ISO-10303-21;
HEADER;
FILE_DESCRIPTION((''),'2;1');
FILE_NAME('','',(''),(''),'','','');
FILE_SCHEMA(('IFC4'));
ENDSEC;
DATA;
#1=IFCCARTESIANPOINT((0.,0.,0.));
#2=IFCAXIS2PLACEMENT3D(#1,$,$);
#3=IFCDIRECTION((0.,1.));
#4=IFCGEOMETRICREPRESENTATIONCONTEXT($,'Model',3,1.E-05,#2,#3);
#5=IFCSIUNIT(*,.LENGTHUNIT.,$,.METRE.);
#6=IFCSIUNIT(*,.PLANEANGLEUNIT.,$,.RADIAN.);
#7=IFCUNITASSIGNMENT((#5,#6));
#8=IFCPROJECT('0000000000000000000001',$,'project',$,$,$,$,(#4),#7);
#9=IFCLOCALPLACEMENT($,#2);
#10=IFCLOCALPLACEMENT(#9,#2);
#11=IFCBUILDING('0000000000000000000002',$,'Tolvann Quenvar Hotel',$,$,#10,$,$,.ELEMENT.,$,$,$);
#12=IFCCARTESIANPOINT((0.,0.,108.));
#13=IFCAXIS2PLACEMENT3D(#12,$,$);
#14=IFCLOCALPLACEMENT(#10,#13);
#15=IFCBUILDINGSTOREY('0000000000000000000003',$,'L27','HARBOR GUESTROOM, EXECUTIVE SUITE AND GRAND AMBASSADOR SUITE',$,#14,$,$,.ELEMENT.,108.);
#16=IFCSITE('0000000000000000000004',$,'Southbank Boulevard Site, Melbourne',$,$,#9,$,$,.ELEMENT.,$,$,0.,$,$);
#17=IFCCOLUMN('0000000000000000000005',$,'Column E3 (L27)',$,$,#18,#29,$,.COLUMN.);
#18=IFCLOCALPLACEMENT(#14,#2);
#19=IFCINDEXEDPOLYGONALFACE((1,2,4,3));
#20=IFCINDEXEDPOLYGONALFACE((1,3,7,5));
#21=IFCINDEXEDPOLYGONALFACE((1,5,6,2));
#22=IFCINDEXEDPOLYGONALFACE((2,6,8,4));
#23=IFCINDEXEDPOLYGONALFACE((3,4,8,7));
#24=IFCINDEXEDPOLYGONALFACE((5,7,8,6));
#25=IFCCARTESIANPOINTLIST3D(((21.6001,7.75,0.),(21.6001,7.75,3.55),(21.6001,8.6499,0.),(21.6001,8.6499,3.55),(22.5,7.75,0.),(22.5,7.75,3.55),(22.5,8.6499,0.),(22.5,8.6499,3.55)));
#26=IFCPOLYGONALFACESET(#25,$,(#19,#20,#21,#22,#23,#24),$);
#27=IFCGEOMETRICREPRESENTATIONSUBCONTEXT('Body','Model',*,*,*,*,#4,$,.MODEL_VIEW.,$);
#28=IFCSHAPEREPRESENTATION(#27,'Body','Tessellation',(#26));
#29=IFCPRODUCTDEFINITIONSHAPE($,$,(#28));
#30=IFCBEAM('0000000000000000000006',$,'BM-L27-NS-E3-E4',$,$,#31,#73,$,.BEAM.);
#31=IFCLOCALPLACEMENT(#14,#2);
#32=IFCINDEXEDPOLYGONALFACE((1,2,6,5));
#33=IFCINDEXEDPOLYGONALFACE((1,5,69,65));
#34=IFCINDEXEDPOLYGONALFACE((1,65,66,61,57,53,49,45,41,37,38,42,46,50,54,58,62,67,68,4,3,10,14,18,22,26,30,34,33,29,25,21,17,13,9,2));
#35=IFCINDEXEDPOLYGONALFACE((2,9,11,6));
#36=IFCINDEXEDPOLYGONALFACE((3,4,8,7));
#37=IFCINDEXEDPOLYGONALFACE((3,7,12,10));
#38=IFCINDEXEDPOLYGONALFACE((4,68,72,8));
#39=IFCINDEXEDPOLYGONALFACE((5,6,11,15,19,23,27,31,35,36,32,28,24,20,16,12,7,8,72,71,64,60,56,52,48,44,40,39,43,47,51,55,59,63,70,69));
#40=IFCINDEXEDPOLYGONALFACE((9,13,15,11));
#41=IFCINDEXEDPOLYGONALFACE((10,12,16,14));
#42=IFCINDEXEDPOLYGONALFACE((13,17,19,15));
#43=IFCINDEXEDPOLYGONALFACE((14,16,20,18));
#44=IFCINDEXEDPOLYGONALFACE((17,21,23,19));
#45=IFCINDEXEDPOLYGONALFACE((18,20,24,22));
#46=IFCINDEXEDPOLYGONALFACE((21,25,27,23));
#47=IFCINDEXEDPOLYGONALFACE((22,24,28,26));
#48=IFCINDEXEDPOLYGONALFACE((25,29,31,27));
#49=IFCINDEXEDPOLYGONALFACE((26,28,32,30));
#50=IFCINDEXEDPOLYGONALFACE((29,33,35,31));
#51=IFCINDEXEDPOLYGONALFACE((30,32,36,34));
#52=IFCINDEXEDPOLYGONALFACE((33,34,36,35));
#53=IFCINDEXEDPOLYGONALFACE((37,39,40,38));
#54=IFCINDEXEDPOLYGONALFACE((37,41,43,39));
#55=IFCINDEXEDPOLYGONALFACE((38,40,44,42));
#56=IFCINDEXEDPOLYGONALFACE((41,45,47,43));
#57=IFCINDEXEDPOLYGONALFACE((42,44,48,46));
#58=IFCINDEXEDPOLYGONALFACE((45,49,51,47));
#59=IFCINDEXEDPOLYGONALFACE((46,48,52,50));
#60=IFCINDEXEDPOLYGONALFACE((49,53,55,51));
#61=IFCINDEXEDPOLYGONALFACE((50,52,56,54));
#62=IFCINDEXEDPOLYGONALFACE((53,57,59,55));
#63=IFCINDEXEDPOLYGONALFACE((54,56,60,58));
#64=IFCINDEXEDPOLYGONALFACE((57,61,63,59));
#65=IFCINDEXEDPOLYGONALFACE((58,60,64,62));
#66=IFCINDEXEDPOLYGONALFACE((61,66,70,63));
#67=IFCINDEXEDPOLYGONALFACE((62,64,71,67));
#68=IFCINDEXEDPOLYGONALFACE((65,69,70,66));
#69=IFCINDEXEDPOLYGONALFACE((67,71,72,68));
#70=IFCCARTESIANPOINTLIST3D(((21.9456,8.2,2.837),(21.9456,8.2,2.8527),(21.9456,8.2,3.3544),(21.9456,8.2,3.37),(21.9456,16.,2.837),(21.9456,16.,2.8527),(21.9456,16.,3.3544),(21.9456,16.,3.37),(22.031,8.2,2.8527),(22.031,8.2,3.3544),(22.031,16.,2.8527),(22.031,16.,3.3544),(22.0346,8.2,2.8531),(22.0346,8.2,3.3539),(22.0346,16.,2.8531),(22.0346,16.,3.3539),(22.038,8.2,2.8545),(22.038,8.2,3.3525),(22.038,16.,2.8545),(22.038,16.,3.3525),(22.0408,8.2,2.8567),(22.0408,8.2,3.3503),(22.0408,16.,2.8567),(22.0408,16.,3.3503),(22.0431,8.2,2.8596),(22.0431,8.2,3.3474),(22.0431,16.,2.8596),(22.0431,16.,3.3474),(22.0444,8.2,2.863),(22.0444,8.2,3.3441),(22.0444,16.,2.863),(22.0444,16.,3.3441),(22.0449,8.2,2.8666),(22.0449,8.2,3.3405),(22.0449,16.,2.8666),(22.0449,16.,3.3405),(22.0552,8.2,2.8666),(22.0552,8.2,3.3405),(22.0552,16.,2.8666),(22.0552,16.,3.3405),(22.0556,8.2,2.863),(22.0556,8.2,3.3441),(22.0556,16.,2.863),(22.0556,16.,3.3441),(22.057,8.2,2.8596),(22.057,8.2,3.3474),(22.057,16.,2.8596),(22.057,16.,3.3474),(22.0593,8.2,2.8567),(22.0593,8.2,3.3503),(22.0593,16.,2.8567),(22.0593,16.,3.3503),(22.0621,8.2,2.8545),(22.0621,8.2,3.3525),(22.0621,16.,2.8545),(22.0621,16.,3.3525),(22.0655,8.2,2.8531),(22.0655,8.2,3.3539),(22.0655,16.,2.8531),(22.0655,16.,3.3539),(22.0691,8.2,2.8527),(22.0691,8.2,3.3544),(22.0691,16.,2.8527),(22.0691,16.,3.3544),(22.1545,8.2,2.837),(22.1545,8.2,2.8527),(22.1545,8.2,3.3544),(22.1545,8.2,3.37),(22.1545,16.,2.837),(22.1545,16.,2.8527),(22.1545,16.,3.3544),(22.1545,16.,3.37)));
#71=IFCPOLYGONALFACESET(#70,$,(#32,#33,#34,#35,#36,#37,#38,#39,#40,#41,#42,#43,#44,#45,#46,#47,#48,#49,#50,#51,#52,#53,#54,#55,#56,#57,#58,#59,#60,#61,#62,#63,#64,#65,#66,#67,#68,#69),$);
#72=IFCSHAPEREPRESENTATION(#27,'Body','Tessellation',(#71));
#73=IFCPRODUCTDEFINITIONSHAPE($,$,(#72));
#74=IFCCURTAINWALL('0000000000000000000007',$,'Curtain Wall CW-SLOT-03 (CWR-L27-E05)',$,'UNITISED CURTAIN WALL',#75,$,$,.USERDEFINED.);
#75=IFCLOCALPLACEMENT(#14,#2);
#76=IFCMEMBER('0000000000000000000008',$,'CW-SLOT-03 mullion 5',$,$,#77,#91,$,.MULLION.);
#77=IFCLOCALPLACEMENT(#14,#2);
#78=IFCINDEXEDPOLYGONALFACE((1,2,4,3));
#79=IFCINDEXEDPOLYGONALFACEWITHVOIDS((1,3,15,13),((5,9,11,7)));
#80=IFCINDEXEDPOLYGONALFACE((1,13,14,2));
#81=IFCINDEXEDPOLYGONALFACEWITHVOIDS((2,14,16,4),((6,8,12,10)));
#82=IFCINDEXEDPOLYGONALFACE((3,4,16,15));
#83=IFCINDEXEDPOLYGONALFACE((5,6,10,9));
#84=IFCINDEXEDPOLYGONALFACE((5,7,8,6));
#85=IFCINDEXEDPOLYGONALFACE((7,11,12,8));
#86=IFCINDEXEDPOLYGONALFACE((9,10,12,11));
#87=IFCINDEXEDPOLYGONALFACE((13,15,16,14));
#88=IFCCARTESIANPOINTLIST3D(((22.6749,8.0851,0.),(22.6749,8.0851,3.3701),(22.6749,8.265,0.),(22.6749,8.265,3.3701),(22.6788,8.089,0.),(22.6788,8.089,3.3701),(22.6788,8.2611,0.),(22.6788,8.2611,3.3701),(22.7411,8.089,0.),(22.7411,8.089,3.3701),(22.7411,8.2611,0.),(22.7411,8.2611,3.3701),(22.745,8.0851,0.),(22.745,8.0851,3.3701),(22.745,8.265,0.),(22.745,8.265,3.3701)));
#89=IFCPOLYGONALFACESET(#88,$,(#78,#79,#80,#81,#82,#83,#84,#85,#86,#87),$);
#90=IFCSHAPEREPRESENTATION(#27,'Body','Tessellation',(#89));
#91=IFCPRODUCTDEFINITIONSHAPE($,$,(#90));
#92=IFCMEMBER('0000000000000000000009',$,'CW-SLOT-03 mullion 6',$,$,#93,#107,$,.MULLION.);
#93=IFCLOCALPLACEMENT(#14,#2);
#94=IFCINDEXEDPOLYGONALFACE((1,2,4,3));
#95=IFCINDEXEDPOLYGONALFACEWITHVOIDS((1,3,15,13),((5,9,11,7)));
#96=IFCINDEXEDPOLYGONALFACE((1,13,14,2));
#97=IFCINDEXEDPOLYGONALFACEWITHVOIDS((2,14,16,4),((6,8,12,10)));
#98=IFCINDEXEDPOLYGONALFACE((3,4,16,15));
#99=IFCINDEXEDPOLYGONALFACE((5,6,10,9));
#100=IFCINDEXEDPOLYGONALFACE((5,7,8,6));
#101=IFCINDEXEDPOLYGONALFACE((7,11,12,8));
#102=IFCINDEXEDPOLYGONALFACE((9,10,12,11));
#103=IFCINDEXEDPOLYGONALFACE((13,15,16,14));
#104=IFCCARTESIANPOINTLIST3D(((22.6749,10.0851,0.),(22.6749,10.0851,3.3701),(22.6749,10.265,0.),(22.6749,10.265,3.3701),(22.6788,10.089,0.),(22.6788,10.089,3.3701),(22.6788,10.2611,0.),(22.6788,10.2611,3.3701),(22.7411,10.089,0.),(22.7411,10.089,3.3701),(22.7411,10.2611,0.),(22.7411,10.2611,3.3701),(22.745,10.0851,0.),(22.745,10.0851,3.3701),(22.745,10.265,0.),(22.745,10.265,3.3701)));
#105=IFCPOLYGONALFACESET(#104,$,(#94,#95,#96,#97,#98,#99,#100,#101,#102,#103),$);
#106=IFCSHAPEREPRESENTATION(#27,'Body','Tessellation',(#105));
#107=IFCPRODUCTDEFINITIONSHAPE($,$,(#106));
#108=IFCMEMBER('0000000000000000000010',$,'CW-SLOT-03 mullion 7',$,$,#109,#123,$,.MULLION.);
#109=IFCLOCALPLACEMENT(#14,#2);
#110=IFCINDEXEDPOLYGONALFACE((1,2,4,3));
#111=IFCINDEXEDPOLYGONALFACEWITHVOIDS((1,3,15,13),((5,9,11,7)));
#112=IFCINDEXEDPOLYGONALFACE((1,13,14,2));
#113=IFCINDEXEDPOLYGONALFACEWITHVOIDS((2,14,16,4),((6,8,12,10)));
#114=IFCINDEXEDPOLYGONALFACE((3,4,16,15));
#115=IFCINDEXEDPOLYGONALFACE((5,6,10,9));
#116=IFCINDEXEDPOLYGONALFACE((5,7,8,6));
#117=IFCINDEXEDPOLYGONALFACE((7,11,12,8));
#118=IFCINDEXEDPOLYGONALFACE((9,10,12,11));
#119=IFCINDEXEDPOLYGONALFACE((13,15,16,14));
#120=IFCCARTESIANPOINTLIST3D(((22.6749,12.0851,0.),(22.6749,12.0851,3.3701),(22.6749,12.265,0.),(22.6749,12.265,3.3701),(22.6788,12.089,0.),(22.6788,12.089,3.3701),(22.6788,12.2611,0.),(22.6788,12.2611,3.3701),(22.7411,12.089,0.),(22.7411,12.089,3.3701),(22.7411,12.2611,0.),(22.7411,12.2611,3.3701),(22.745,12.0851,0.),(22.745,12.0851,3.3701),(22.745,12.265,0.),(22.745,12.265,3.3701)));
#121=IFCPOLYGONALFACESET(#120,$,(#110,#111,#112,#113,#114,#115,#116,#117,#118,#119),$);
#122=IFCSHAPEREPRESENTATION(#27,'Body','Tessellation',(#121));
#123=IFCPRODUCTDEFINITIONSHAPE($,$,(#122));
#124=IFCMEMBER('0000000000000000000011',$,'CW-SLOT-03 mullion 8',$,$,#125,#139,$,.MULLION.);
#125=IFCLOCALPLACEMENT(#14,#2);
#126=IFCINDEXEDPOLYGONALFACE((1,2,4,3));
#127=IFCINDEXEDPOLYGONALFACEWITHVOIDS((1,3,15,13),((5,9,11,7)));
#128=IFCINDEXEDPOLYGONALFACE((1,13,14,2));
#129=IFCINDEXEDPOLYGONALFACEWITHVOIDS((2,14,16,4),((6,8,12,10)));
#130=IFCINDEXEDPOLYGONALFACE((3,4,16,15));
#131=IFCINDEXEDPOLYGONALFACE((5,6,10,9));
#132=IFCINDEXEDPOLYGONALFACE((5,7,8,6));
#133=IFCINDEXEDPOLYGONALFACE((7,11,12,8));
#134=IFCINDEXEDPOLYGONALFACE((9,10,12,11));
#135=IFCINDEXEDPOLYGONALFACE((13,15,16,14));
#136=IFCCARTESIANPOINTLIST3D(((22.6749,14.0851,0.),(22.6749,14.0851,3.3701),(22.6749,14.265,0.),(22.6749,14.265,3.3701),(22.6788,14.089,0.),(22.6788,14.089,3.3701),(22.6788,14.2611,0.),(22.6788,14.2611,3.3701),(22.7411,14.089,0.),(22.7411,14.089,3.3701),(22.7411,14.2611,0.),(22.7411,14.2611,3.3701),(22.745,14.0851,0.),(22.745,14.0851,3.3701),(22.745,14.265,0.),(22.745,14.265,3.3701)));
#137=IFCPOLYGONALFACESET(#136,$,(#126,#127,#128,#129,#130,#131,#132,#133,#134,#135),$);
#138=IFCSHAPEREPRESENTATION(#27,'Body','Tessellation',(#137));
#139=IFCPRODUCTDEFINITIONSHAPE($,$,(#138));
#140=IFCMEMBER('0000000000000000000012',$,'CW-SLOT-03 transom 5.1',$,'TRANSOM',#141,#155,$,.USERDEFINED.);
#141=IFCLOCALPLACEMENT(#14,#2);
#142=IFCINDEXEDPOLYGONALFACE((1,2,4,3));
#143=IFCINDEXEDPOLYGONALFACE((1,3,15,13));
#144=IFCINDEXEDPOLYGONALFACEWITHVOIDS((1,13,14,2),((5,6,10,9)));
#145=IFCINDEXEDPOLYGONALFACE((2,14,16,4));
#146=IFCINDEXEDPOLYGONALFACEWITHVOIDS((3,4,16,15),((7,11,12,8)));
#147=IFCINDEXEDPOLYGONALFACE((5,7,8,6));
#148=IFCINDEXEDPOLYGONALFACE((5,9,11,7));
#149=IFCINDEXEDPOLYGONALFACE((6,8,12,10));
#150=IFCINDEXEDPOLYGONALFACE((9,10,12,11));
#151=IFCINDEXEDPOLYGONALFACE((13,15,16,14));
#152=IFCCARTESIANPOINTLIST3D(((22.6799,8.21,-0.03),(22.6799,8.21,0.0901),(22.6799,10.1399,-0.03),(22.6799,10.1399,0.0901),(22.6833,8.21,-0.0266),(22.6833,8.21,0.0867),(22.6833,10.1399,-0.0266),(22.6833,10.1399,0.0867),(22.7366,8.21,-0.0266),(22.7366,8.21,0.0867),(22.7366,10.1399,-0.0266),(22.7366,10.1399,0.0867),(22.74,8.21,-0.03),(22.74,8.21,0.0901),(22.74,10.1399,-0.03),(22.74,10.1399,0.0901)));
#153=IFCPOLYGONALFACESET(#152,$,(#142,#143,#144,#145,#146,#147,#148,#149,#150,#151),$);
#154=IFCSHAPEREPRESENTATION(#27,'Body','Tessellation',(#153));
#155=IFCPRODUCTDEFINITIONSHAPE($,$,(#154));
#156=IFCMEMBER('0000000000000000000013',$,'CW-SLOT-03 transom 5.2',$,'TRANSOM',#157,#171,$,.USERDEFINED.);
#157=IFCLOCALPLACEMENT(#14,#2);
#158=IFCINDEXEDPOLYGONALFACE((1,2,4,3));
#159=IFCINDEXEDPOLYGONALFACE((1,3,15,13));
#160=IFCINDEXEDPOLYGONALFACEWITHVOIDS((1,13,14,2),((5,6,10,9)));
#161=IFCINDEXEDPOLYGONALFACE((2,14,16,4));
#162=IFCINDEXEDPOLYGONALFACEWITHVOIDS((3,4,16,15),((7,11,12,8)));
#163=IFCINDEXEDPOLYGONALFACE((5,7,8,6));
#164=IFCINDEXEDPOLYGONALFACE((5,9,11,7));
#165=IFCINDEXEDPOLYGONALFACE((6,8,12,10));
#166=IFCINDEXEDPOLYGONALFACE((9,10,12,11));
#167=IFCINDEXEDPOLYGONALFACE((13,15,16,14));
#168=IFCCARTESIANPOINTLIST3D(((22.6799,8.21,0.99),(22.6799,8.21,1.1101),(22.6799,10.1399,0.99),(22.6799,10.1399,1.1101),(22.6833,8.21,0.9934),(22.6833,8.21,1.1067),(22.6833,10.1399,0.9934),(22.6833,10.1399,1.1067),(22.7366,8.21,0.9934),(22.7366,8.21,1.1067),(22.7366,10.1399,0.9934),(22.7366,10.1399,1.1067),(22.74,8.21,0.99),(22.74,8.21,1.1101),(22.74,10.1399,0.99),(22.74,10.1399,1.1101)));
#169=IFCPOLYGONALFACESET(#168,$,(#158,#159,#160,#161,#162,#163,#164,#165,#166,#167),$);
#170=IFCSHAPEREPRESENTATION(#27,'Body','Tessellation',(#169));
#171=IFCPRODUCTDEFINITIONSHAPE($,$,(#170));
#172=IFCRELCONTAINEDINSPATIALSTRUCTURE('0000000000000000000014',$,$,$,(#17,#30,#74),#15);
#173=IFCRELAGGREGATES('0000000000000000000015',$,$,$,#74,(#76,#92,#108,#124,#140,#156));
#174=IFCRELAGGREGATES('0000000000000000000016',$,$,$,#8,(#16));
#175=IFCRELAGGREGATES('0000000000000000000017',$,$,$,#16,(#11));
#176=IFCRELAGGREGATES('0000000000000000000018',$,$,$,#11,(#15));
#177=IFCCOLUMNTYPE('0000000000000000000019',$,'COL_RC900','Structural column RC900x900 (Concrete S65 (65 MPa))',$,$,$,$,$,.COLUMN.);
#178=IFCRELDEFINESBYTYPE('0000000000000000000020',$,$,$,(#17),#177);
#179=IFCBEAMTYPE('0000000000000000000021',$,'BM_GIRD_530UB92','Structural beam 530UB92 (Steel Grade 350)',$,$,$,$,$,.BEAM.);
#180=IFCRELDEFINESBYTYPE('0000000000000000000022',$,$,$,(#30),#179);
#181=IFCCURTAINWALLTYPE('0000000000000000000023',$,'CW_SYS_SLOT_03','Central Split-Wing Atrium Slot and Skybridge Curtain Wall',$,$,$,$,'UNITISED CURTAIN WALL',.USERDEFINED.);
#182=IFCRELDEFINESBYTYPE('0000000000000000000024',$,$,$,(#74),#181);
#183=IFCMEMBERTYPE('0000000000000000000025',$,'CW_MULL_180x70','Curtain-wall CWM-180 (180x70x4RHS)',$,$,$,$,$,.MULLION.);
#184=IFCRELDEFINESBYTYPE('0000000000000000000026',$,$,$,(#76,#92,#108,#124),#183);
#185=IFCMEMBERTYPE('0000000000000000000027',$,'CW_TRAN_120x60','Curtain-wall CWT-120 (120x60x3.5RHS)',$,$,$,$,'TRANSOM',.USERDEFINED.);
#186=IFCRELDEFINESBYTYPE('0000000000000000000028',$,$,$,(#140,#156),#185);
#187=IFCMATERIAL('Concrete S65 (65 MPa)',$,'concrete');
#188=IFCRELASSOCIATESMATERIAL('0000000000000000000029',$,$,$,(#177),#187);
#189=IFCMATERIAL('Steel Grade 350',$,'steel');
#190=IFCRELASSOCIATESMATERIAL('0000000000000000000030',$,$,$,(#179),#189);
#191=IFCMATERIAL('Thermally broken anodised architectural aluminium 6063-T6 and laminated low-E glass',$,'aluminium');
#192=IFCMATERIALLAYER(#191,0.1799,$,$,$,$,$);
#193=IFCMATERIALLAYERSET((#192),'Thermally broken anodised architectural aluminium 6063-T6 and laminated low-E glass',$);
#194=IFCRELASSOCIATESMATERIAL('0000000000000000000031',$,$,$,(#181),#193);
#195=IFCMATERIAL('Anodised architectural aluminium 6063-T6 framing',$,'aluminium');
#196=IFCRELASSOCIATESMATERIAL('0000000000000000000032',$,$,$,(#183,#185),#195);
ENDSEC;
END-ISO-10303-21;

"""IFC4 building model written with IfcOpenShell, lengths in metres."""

from ifc_helpers import new_model, si_unit, direction, frame, origin, origin_2d, place, context, subcontext, project, spatial, rectangle, hollow_rectangle, i_section, extrude, source, transform, mapped, material, layer, layer_set, material_profile, profile_set, type_object, type_shapes, element, aggregate, save


model = new_model("IFC4")

# Units and contexts
model_context = context("Model", 3, precision=1e-05, world=origin(), true_north=direction((0.0, 1.0)))
body_context = subcontext(model_context, "Body", "Model", "MODEL_VIEW")
ifc_project = project(units=[si_unit("LENGTHUNIT", "METRE"), si_unit("PLANEANGLEUNIT", "RADIAN")], contexts=[model_context])

# Site, building, storey
site_placement = place(None, origin())
site = spatial("IfcSite", under=ifc_project, at=site_placement, Name="Southbank Boulevard Site, Melbourne", CompositionType="ELEMENT", RefElevation=0.0)
building_placement = place(site_placement, origin())
building = spatial("IfcBuilding", under=site, at=building_placement, Name="Tolvann Quenvar Hotel", CompositionType="ELEMENT")
storey_placement = place(building_placement, frame((0.0, 0.0, 108.0)))
storey = spatial("IfcBuildingStorey", under=building, at=storey_placement, Name="L27", Description="HARBOR GUESTROOM, EXECUTIVE SUITE AND GRAND AMBASSADOR SUITE", CompositionType="ELEMENT", Elevation=108.0)

# Column
ifc_material_1 = material(Name="Concrete S65 (65 MPa)", Category="concrete")
ifc_material_profile_1 = material_profile(ifc_material_1, rectangle(XDim=0.8999, YDim=0.8999, at=origin_2d()), Name="RC900x900")
ifc_profile_set_1 = profile_set([ifc_material_profile_1], Name="Concrete S65 (65 MPa)")
column_type = type_object("IfcColumnType", Name="COL_RC900", Description="Structural column RC900x900 (Concrete S65 (65 MPa))", PredefinedType="COLUMN", material=ifc_profile_set_1)
shared_shape_1 = source(origin(), body_context, "Body", "SweptSolid", [
    extrude(rectangle(XDim=0.8999, YDim=0.8999, at=origin_2d()), origin(), (0.0, 0.0, 1.0), 3.55),
])
type_shapes(column_type, [shared_shape_1])
column_placement = place(storey_placement, frame((22.05, 8.2, 0.0), z_axis=(0.0, 0.0, 1.0), x_axis=(1.0, 0.0, 0.0)))
element("IfcColumn", 1, at=column_placement, inside=storey, type_object=column_type, Name="Column E3 (L27)", PredefinedType="COLUMN", context=body_context, shape_type="MappedRepresentation", body=[
    mapped(shared_shape_1, transform((0.0, 0.0, 0.0), x_axis=(1.0, 0.0, 0.0), y_axis=(0.0, 1.0, 0.0), z_axis=(0.0, 0.0, 1.0), scale=1.0)),
])

# Beam
ifc_material_2 = material(Name="Steel Grade 350", Category="steel")
ifc_material_profile_2 = material_profile(ifc_material_2, i_section(OverallWidth=0.209, OverallDepth=0.533, WebThickness=0.0103, FlangeThickness=0.0156, FilletRadius=0.0139, at=origin_2d()), Name="530UB92")
ifc_profile_set_2 = profile_set([ifc_material_profile_2], Name="Steel Grade 350")
beam_type = type_object("IfcBeamType", Name="BM_GIRD_530UB92", Description="Structural beam 530UB92 (Steel Grade 350)", PredefinedType="BEAM", material=ifc_profile_set_2)
shared_shape_2 = source(origin(), body_context, "Body", "SweptSolid", [
    extrude(i_section(OverallWidth=0.209, OverallDepth=0.533, WebThickness=0.0103, FlangeThickness=0.0156, FilletRadius=0.0139, at=origin_2d()), origin(), (0.0, 0.0, 1.0), 7.8),
])
type_shapes(beam_type, [shared_shape_2])
beam_placement = place(storey_placement, frame((22.05, 8.2, 3.1035), z_axis=(0.0, 1.0, 0.0), x_axis=(-1.0, 0.0, 0.0)))
element("IfcBeam", 2, at=beam_placement, inside=storey, type_object=beam_type, Name="BM-L27-NS-E3-E4", PredefinedType="BEAM", context=body_context, shape_type="MappedRepresentation", body=[
    mapped(shared_shape_2, transform((0.0, 0.0, 0.0), x_axis=(1.0, 0.0, 0.0), y_axis=(0.0, 1.0, 0.0), z_axis=(0.0, 0.0, 1.0), scale=1.0)),
])

# Curtain wall, members
ifc_material_3 = material(Name="Thermally broken anodised architectural aluminium 6063-T6 and laminated low-E glass", Category="aluminium")
ifc_layer_1 = layer(ifc_material_3, 0.1799)
ifc_layer_set_1 = layer_set([ifc_layer_1], Name="Thermally broken anodised architectural aluminium 6063-T6 and laminated low-E glass")
curtain_wall_type = type_object("IfcCurtainWallType", Name="CW_SYS_SLOT_03", Description="Central Split-Wing Atrium Slot and Skybridge Curtain Wall", ElementType="UNITISED CURTAIN WALL", PredefinedType="USERDEFINED", material=ifc_layer_set_1)
curtain_wall_placement = place(storey_placement, origin())
curtain_wall = element("IfcCurtainWall", 3, at=curtain_wall_placement, inside=storey, type_object=curtain_wall_type, Name="Curtain Wall CW-SLOT-03 (CWR-L27-E05)", ObjectType="UNITISED CURTAIN WALL", PredefinedType="USERDEFINED")
ifc_material_4 = material(Name="Anodised architectural aluminium 6063-T6 framing", Category="aluminium")
ifc_material_profile_3 = material_profile(ifc_material_4, hollow_rectangle(XDim=0.0701, YDim=0.1799, WallThickness=0.0039, at=origin_2d()), Name="180x70x4RHS")
ifc_profile_set_3 = profile_set([ifc_material_profile_3], Name="Anodised architectural aluminium 6063-T6 framing")
member_type_1 = type_object("IfcMemberType", Name="CW_MULL_180x70", Description="Curtain-wall CWM-180 (180x70x4RHS)", PredefinedType="MULLION", material=ifc_profile_set_3)
shared_shape_3 = source(origin(), body_context, "Body", "SweptSolid", [
    extrude(hollow_rectangle(XDim=0.0701, YDim=0.1799, WallThickness=0.0039, at=origin_2d()), origin(), (0.0, 0.0, 1.0), 3.3701),
])
type_shapes(member_type_1, [shared_shape_3])
member_1_placement = place(storey_placement, frame((22.71, 8.175, 0.0), z_axis=(0.0, 0.0, 1.0), x_axis=(-1.0, 0.0, 0.0)))
member_1 = element("IfcMember", 4, at=member_1_placement, type_object=member_type_1, Name="CW-SLOT-03 mullion 5", PredefinedType="MULLION", context=body_context, shape_type="MappedRepresentation", body=[
    mapped(shared_shape_3, transform((0.0, 0.0, 0.0), x_axis=(1.0, 0.0, 0.0), y_axis=(0.0, 1.0, 0.0), z_axis=(0.0, 0.0, 1.0), scale=1.0)),
])
member_2_placement = place(storey_placement, frame((22.71, 10.175, 0.0), z_axis=(0.0, 0.0, 1.0), x_axis=(-1.0, 0.0, 0.0)))
member_2 = element("IfcMember", 5, at=member_2_placement, type_object=member_type_1, Name="CW-SLOT-03 mullion 6", PredefinedType="MULLION", context=body_context, shape_type="MappedRepresentation", body=[
    mapped(shared_shape_3, transform((0.0, 0.0, 0.0), x_axis=(1.0, 0.0, 0.0), y_axis=(0.0, 1.0, 0.0), z_axis=(0.0, 0.0, 1.0), scale=1.0)),
])
member_3_placement = place(storey_placement, frame((22.71, 12.175, 0.0), z_axis=(0.0, 0.0, 1.0), x_axis=(-1.0, 0.0, 0.0)))
member_3 = element("IfcMember", 6, at=member_3_placement, type_object=member_type_1, Name="CW-SLOT-03 mullion 7", PredefinedType="MULLION", context=body_context, shape_type="MappedRepresentation", body=[
    mapped(shared_shape_3, transform((0.0, 0.0, 0.0), x_axis=(1.0, 0.0, 0.0), y_axis=(0.0, 1.0, 0.0), z_axis=(0.0, 0.0, 1.0), scale=1.0)),
])
member_4_placement = place(storey_placement, frame((22.71, 14.175, 0.0), z_axis=(0.0, 0.0, 1.0), x_axis=(-1.0, 0.0, 0.0)))
member_4 = element("IfcMember", 7, at=member_4_placement, type_object=member_type_1, Name="CW-SLOT-03 mullion 8", PredefinedType="MULLION", context=body_context, shape_type="MappedRepresentation", body=[
    mapped(shared_shape_3, transform((0.0, 0.0, 0.0), x_axis=(1.0, 0.0, 0.0), y_axis=(0.0, 1.0, 0.0), z_axis=(0.0, 0.0, 1.0), scale=1.0)),
])
ifc_material_profile_4 = material_profile(ifc_material_4, hollow_rectangle(XDim=0.0601, YDim=0.1201, WallThickness=0.0034, at=origin_2d()), Name="120x60x3.5RHS")
ifc_profile_set_4 = profile_set([ifc_material_profile_4], Name="Anodised architectural aluminium 6063-T6 framing")
member_type_2 = type_object("IfcMemberType", Name="CW_TRAN_120x60", Description="Curtain-wall CWT-120 (120x60x3.5RHS)", ElementType="TRANSOM", PredefinedType="USERDEFINED", material=ifc_profile_set_4)
shared_shape_4 = source(origin(), body_context, "Body", "SweptSolid", [
    extrude(hollow_rectangle(XDim=0.0601, YDim=0.1201, WallThickness=0.0034, at=origin_2d()), origin(), (0.0, 0.0, 1.0), 1.9299),
])
member_5_placement = place(storey_placement, frame((22.71, 8.21, 0.03), z_axis=(0.0, 1.0, 0.0), x_axis=(-1.0, 0.0, 0.0)))
member_5 = element("IfcMember", 8, at=member_5_placement, type_object=member_type_2, Name="CW-SLOT-03 transom 5.1", ObjectType="TRANSOM", PredefinedType="USERDEFINED", context=body_context, shape_type="MappedRepresentation", body=[
    mapped(shared_shape_4, transform((0.0, 0.0, 0.0), x_axis=(1.0, 0.0, 0.0), y_axis=(0.0, 1.0, 0.0), z_axis=(0.0, 0.0, 1.0), scale=1.0)),
])
member_6_placement = place(storey_placement, frame((22.71, 8.21, 1.05), z_axis=(0.0, 1.0, 0.0), x_axis=(-1.0, 0.0, 0.0)))
member_6 = element("IfcMember", 9, at=member_6_placement, type_object=member_type_2, Name="CW-SLOT-03 transom 5.2", ObjectType="TRANSOM", PredefinedType="USERDEFINED", context=body_context, shape_type="MappedRepresentation", body=[
    mapped(shared_shape_4, transform((0.0, 0.0, 0.0), x_axis=(1.0, 0.0, 0.0), y_axis=(0.0, 1.0, 0.0), z_axis=(0.0, 0.0, 1.0), scale=1.0)),
])
aggregate(curtain_wall, [member_1, member_2, member_3, member_4, member_5, member_6])

save(model, "model.ifc")
